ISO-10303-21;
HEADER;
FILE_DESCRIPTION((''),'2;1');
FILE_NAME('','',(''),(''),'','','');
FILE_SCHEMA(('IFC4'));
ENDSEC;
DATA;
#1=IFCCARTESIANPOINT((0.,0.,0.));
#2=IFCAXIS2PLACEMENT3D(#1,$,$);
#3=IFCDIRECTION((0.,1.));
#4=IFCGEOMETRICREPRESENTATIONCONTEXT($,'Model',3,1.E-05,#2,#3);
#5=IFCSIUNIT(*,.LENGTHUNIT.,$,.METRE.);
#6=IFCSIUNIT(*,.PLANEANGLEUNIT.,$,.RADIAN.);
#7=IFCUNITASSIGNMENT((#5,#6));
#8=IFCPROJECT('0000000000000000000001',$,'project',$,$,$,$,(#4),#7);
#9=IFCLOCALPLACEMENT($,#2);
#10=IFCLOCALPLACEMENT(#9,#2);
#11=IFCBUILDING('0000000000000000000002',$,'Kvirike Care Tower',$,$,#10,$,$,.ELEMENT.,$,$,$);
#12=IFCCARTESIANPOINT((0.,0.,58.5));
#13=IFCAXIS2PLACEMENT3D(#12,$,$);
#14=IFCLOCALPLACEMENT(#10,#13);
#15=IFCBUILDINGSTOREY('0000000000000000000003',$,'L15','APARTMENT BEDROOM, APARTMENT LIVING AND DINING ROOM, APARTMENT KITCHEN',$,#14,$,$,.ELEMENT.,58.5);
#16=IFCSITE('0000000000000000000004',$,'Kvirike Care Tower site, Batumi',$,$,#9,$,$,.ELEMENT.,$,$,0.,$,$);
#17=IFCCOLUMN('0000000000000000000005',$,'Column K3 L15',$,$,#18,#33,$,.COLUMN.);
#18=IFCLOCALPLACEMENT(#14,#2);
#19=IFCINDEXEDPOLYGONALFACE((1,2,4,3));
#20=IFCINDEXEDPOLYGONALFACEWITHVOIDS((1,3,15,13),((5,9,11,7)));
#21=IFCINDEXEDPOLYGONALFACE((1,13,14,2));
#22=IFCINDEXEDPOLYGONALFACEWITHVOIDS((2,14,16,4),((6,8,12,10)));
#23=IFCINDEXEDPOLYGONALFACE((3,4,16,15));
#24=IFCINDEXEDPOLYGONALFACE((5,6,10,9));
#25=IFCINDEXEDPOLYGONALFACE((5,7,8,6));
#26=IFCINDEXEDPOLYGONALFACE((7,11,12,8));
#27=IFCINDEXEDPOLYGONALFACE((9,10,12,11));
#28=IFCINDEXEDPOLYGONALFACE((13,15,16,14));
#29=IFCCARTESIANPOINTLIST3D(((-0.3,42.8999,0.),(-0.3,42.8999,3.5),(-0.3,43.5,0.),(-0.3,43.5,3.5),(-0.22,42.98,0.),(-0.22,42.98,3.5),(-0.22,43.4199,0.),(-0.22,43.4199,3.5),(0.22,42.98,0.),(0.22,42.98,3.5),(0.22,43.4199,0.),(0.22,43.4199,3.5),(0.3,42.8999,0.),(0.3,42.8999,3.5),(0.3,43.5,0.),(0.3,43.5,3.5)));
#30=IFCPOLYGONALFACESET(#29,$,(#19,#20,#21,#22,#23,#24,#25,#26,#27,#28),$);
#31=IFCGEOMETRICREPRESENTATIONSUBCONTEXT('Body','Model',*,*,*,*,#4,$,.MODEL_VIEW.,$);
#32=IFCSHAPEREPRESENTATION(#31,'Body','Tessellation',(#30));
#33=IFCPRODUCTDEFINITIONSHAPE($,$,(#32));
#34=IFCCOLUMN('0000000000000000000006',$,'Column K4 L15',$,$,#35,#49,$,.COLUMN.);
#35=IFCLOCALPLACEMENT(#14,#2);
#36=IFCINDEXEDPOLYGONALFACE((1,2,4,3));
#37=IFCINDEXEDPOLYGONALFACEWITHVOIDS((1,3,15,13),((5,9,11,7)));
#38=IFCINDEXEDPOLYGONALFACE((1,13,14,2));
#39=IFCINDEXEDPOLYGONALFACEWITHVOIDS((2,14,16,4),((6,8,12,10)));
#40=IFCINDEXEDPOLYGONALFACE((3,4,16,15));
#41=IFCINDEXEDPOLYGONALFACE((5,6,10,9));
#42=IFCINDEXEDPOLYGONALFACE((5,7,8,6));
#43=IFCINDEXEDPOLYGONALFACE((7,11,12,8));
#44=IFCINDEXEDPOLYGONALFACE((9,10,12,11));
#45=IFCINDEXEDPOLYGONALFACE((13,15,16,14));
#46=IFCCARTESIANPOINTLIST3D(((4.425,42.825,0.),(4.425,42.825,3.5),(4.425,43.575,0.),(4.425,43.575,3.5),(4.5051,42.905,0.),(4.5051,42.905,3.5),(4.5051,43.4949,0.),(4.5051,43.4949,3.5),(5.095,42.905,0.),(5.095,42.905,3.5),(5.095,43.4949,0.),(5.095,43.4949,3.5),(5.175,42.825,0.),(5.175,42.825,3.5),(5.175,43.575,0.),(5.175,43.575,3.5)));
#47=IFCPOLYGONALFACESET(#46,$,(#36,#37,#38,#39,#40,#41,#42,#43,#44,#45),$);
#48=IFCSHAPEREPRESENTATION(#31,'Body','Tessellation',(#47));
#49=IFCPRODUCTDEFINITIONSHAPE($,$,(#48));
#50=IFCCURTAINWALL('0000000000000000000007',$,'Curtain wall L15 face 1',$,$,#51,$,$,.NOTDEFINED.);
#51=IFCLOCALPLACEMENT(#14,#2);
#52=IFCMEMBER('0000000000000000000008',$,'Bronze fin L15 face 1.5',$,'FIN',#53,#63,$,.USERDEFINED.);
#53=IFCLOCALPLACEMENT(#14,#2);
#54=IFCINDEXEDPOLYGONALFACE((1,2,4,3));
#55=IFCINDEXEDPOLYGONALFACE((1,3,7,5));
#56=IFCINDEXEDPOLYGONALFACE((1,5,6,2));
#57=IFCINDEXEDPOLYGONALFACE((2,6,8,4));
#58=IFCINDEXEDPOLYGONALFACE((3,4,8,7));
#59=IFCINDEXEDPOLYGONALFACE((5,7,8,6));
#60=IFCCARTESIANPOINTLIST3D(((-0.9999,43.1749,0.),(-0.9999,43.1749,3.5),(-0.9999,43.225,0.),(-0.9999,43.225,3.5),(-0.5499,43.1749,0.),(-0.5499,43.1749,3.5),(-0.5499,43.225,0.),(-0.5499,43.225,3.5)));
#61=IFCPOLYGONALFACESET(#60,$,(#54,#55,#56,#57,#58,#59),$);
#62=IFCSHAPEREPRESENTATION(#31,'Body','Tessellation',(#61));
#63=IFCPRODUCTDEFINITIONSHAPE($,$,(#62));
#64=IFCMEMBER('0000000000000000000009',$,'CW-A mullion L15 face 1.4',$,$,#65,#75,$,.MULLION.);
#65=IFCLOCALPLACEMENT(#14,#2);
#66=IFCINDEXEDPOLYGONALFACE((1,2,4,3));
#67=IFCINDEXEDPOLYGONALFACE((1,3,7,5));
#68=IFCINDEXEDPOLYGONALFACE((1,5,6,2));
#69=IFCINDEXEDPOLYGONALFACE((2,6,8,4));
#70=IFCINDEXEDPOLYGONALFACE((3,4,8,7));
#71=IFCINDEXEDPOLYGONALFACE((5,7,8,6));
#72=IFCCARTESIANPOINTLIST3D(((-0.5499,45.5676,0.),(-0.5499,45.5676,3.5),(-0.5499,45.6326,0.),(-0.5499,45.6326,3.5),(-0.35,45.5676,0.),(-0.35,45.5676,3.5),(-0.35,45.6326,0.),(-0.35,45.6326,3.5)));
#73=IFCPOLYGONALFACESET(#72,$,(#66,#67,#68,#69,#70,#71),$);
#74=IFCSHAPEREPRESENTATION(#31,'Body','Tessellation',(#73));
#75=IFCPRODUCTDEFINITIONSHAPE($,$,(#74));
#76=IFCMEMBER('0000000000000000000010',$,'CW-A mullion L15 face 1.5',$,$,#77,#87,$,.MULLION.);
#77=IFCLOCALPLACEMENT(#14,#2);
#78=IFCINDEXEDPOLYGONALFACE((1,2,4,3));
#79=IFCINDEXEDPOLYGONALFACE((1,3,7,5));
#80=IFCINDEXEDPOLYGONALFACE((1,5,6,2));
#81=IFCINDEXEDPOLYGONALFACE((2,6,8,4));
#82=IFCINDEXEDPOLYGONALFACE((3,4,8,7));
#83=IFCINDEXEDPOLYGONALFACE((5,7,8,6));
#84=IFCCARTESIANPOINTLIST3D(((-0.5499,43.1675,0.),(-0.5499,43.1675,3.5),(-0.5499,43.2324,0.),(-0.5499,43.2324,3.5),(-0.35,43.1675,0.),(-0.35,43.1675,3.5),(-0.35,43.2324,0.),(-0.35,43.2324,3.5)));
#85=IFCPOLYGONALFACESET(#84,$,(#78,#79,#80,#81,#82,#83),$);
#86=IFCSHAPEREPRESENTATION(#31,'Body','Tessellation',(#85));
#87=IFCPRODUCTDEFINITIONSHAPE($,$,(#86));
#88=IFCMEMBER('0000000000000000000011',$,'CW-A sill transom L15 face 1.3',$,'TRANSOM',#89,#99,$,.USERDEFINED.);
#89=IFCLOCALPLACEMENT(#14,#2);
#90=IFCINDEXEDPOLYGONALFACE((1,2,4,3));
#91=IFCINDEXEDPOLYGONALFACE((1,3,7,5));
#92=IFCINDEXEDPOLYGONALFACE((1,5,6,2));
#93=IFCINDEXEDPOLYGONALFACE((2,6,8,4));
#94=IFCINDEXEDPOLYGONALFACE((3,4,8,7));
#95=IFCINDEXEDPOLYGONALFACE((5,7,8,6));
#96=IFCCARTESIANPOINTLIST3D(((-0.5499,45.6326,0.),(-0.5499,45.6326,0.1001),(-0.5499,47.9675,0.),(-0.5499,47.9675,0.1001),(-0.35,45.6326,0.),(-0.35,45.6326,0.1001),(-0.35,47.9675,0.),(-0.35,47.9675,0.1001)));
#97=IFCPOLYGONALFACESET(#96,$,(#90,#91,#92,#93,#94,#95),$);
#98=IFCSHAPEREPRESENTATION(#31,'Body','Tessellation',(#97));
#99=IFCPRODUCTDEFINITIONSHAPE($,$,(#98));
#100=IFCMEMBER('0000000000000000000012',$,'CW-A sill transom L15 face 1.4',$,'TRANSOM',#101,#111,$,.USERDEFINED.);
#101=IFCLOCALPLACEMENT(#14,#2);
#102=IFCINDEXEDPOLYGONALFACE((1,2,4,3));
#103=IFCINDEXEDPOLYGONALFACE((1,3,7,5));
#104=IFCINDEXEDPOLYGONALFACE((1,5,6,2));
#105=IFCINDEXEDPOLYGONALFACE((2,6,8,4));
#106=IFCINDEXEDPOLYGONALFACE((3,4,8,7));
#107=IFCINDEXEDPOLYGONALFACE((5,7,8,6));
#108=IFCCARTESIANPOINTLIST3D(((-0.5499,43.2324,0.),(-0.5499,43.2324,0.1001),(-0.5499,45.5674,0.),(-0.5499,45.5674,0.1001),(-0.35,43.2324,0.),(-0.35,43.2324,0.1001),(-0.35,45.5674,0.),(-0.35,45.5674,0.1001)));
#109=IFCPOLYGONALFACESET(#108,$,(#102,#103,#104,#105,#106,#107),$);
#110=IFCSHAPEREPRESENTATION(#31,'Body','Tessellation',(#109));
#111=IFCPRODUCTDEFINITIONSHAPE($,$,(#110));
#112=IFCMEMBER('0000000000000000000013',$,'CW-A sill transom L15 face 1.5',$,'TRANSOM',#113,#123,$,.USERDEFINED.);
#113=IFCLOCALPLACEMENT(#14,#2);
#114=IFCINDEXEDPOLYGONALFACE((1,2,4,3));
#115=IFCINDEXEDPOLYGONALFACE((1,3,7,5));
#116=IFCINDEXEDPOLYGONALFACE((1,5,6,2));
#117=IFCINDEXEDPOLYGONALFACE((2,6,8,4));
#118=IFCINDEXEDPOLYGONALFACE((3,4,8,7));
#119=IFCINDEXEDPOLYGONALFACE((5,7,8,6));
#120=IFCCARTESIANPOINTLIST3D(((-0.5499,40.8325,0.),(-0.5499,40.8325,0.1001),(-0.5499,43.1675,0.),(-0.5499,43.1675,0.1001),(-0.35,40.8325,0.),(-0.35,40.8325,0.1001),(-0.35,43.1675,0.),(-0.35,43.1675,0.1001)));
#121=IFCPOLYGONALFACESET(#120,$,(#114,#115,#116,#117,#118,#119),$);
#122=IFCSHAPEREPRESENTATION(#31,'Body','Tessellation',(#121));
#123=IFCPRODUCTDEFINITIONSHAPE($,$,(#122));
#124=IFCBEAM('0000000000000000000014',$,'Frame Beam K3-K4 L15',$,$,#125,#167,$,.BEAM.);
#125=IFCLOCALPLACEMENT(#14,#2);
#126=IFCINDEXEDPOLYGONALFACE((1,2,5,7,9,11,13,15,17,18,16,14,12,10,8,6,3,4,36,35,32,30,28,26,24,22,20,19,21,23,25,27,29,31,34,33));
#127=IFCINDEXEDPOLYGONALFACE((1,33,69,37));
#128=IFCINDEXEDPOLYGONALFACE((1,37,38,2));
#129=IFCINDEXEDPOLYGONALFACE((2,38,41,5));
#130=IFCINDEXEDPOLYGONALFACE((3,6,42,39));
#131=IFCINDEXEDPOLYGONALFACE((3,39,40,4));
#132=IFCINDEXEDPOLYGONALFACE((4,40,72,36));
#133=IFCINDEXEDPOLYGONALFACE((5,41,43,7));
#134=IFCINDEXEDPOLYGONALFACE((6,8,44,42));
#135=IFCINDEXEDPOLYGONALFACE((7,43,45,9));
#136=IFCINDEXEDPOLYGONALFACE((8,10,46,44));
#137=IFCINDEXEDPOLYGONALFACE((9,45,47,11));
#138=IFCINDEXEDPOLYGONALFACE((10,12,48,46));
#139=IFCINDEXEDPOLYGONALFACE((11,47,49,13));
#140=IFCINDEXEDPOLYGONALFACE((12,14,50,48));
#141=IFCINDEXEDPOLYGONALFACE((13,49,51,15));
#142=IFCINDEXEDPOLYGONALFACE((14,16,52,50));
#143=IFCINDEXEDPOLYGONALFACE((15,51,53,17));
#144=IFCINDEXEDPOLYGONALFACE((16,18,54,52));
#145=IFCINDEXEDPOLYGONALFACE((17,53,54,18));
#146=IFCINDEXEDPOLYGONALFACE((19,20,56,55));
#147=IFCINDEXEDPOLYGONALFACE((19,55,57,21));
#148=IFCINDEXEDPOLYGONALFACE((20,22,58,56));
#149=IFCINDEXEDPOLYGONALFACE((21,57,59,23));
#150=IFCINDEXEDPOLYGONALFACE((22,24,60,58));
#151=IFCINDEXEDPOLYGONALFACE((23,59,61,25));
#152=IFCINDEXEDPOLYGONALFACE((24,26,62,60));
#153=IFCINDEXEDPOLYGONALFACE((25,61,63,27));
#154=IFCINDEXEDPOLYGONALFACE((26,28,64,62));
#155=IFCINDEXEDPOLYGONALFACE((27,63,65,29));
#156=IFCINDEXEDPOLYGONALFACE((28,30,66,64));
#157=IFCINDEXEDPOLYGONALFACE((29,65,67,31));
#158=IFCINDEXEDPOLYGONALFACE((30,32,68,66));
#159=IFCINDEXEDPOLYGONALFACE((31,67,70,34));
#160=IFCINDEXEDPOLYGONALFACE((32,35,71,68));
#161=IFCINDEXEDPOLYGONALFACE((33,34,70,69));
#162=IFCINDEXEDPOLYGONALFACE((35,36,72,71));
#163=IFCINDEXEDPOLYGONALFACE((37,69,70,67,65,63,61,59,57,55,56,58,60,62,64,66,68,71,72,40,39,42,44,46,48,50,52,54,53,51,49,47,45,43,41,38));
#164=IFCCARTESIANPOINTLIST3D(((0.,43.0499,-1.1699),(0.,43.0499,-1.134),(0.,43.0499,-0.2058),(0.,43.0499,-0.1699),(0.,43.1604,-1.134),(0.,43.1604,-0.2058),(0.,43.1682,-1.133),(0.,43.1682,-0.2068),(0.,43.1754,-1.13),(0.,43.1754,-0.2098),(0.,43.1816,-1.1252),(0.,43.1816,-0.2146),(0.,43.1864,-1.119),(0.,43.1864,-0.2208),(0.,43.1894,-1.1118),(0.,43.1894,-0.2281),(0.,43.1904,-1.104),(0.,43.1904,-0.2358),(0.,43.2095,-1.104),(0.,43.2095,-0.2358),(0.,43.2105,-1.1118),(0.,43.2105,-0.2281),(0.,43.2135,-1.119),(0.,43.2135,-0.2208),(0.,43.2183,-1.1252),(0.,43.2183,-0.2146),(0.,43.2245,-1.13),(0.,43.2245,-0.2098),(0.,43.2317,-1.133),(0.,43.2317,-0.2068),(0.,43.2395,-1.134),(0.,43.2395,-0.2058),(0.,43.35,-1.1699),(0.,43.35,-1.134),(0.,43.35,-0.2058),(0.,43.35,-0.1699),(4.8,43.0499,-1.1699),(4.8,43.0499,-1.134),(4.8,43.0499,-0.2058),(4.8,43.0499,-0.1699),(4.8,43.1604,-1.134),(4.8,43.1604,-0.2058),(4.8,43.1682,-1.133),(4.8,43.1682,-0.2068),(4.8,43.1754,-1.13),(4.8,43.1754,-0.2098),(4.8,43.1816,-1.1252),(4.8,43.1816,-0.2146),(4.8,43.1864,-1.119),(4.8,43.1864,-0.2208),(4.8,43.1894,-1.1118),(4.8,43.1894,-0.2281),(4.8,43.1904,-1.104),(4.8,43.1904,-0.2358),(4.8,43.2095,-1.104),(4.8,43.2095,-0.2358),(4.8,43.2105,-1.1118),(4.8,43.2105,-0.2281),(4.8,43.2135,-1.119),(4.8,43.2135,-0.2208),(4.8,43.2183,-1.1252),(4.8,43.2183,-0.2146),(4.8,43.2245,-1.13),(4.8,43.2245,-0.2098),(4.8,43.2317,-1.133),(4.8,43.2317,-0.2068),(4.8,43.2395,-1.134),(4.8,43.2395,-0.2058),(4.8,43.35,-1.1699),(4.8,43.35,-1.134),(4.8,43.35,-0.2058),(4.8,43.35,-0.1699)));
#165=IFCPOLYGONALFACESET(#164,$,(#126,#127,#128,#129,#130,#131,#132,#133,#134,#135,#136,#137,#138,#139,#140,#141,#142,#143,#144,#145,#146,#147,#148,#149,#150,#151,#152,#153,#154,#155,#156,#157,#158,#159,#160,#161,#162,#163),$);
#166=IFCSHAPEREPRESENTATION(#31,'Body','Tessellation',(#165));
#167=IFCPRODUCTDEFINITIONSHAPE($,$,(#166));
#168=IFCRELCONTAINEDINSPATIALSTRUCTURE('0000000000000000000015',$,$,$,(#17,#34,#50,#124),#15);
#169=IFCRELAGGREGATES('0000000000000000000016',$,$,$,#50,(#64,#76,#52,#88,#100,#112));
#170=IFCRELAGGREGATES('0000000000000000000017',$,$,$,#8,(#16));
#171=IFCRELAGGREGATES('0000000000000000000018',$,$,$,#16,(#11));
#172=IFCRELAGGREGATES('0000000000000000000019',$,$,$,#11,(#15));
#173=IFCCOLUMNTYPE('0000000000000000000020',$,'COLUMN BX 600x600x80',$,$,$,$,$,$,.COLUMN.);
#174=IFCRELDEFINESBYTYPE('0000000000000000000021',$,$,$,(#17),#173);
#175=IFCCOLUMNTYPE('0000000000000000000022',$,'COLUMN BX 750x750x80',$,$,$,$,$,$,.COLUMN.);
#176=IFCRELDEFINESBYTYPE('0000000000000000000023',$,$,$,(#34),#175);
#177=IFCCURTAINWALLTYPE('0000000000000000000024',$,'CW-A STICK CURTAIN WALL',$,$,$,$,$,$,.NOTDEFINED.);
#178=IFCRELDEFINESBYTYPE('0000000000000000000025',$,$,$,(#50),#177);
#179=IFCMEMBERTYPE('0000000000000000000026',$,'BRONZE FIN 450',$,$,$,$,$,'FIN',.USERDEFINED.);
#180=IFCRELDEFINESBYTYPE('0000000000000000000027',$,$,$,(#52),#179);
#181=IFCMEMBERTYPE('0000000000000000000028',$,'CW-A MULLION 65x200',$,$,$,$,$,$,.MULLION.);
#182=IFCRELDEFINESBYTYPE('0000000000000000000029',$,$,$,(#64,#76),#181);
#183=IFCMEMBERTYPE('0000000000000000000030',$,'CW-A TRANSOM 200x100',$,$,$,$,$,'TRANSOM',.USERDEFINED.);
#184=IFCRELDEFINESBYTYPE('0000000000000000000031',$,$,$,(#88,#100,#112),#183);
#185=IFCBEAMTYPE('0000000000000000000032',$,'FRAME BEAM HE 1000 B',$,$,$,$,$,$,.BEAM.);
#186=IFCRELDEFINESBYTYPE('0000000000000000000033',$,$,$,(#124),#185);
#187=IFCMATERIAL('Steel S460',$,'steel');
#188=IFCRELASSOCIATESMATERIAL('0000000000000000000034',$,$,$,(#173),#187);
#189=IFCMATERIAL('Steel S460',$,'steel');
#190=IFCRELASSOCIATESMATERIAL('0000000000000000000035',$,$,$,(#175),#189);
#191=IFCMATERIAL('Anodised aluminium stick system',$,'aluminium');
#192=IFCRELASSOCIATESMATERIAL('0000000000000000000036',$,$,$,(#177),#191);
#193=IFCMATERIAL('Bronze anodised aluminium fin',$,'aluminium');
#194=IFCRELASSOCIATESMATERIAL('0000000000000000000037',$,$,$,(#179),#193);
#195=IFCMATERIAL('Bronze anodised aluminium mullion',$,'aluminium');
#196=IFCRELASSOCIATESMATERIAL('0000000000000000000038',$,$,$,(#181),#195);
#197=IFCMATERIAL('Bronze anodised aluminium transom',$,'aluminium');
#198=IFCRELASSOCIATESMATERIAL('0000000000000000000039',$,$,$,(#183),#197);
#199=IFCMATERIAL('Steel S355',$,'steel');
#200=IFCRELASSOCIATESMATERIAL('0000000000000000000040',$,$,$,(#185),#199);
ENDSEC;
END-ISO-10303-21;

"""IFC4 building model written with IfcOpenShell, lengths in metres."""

from ifc_helpers import new_model, si_unit, direction, frame, origin, origin_2d, place, context, subcontext, project, spatial, rectangle, hollow_rectangle, i_section, extrude, material, material_profile, profile_set, type_object, element, aggregate, save


model = new_model("IFC4")

# Units and contexts
model_context = context("Model", 3, precision=1e-05, world=origin(), true_north=direction((0.0, 1.0)))
body_context = subcontext(model_context, "Body", "Model", "MODEL_VIEW")
ifc_project = project(units=[si_unit("LENGTHUNIT", "METRE"), si_unit("PLANEANGLEUNIT", "RADIAN")], contexts=[model_context])

# Site, building, storey
site_placement = place(None, origin())
site = spatial("IfcSite", under=ifc_project, at=site_placement, Name="Kvirike Care Tower site, Batumi", CompositionType="ELEMENT", RefElevation=0.0)
building_placement = place(site_placement, origin())
building = spatial("IfcBuilding", under=site, at=building_placement, Name="Kvirike Care Tower", CompositionType="ELEMENT")
storey_placement = place(building_placement, frame((0.0, 0.0, 58.5)))
storey = spatial("IfcBuildingStorey", under=building, at=storey_placement, Name="L15", Description="APARTMENT BEDROOM, APARTMENT LIVING AND DINING ROOM, APARTMENT KITCHEN", CompositionType="ELEMENT", Elevation=58.5)

# Columns
ifc_material_1 = material(Name="Steel S460", Category="steel")
ifc_material_profile_1 = material_profile(ifc_material_1, hollow_rectangle(XDim=0.6001, YDim=0.6001, WallThickness=0.0801, at=origin_2d()), Name="BX 600x600x80")
ifc_profile_set_1 = profile_set([ifc_material_profile_1], Name="Steel S460")
column_type_1 = type_object("IfcColumnType", Name="COLUMN BX 600x600x80", PredefinedType="COLUMN", material=ifc_profile_set_1)
column_1_placement = place(storey_placement, frame((0.0, 43.2, 0.0), z_axis=(0.0, 0.0, 1.0), x_axis=(0.0, 1.0, 0.0)))
element("IfcColumn", 1, at=column_1_placement, inside=storey, type_object=column_type_1, Name="Column K3 L15", PredefinedType="COLUMN", context=body_context, shape_type="SweptSolid", body=[
    extrude(hollow_rectangle(XDim=0.6001, YDim=0.6001, WallThickness=0.0801, at=origin_2d()), origin(), (0.0, 0.0, 1.0), 3.5),
])
ifc_material_2 = material(Name="Steel S460", Category="steel")
ifc_material_profile_2 = material_profile(ifc_material_2, hollow_rectangle(XDim=0.75, YDim=0.75, WallThickness=0.0801, at=origin_2d()), Name="BX 750x750x80")
ifc_profile_set_2 = profile_set([ifc_material_profile_2], Name="Steel S460")
column_type_2 = type_object("IfcColumnType", Name="COLUMN BX 750x750x80", PredefinedType="COLUMN", material=ifc_profile_set_2)
column_2_placement = place(storey_placement, frame((4.8, 43.2, 0.0), z_axis=(0.0, 0.0, 1.0), x_axis=(0.0, 1.0, 0.0)))
element("IfcColumn", 2, at=column_2_placement, inside=storey, type_object=column_type_2, Name="Column K4 L15", PredefinedType="COLUMN", context=body_context, shape_type="SweptSolid", body=[
    extrude(hollow_rectangle(XDim=0.75, YDim=0.75, WallThickness=0.0801, at=origin_2d()), origin(), (0.0, 0.0, 1.0), 3.5),
])

# Curtain wall, members
ifc_material_3 = material(Name="Anodised aluminium stick system", Category="aluminium")
curtain_wall_type = type_object("IfcCurtainWallType", Name="CW-A STICK CURTAIN WALL", PredefinedType="NOTDEFINED", material=ifc_material_3)
curtain_wall_placement = place(storey_placement, origin())
curtain_wall = element("IfcCurtainWall", 3, at=curtain_wall_placement, inside=storey, type_object=curtain_wall_type, Name="Curtain wall L15 face 1", PredefinedType="NOTDEFINED")
ifc_material_4 = material(Name="Bronze anodised aluminium fin", Category="aluminium")
ifc_material_profile_3 = material_profile(ifc_material_4, rectangle(XDim=0.05, YDim=0.45, at=origin_2d()), Name="BRONZE FIN 450")
ifc_profile_set_3 = profile_set([ifc_material_profile_3], Name="Bronze anodised aluminium fin")
member_type_1 = type_object("IfcMemberType", Name="BRONZE FIN 450", ElementType="FIN", PredefinedType="USERDEFINED", material=ifc_profile_set_3)
member_1_placement = place(storey_placement, frame((-0.7749, 43.2, 0.0), z_axis=(0.0, 0.0, 1.0), x_axis=(0.0, -1.0, 0.0)))
member_1 = element("IfcMember", 4, at=member_1_placement, type_object=member_type_1, Name="Bronze fin L15 face 1.5", ObjectType="FIN", PredefinedType="USERDEFINED", context=body_context, shape_type="SweptSolid", body=[
    extrude(rectangle(XDim=0.05, YDim=0.45, at=origin_2d()), origin(), (0.0, 0.0, 1.0), 3.5),
])
ifc_material_5 = material(Name="Bronze anodised aluminium mullion", Category="aluminium")
ifc_material_profile_4 = material_profile(ifc_material_5, rectangle(XDim=0.0649, YDim=0.2, at=origin_2d()), Name="CW-A MULLION 65x200")
ifc_profile_set_4 = profile_set([ifc_material_profile_4], Name="Bronze anodised aluminium mullion")
member_type_2 = type_object("IfcMemberType", Name="CW-A MULLION 65x200", PredefinedType="MULLION", material=ifc_profile_set_4)
member_2_placement = place(storey_placement, frame((-0.45, 45.6001, 0.0), z_axis=(0.0, 0.0, 1.0), x_axis=(0.0, -1.0, 0.0)))
member_2 = element("IfcMember", 5, at=member_2_placement, type_object=member_type_2, Name="CW-A mullion L15 face 1.4", PredefinedType="MULLION", context=body_context, shape_type="SweptSolid", body=[
    extrude(rectangle(XDim=0.0649, YDim=0.2, at=origin_2d()), origin(), (0.0, 0.0, 1.0), 3.5),
])
member_3_placement = place(storey_placement, frame((-0.45, 43.2, 0.0), z_axis=(0.0, 0.0, 1.0), x_axis=(0.0, -1.0, 0.0)))
member_3 = element("IfcMember", 6, at=member_3_placement, type_object=member_type_2, Name="CW-A mullion L15 face 1.5", PredefinedType="MULLION", context=body_context, shape_type="SweptSolid", body=[
    extrude(rectangle(XDim=0.0649, YDim=0.2, at=origin_2d()), origin(), (0.0, 0.0, 1.0), 3.5),
])
ifc_material_6 = material(Name="Bronze anodised aluminium transom", Category="aluminium")
ifc_material_profile_5 = material_profile(ifc_material_6, rectangle(XDim=0.2, YDim=0.1001, at=origin_2d()), Name="CW-A TRANSOM 200x100")
ifc_profile_set_5 = profile_set([ifc_material_profile_5], Name="Bronze anodised aluminium transom")
member_type_3 = type_object("IfcMemberType", Name="CW-A TRANSOM 200x100", ElementType="TRANSOM", PredefinedType="USERDEFINED", material=ifc_profile_set_5)
member_4_placement = place(storey_placement, frame((-0.45, 47.9675, 0.05), z_axis=(0.0, -1.0, 0.0), x_axis=(1.0, 0.0, 0.0)))
member_4 = element("IfcMember", 7, at=member_4_placement, type_object=member_type_3, Name="CW-A sill transom L15 face 1.3", ObjectType="TRANSOM", PredefinedType="USERDEFINED", context=body_context, shape_type="SweptSolid", body=[
    extrude(rectangle(XDim=0.2, YDim=0.1001, at=origin_2d()), origin(), (0.0, 0.0, 1.0), 2.335),
])
member_5_placement = place(storey_placement, frame((-0.45, 45.5674, 0.05), z_axis=(0.0, -1.0, 0.0), x_axis=(1.0, 0.0, 0.0)))
member_5 = element("IfcMember", 8, at=member_5_placement, type_object=member_type_3, Name="CW-A sill transom L15 face 1.4", ObjectType="TRANSOM", PredefinedType="USERDEFINED", context=body_context, shape_type="SweptSolid", body=[
    extrude(rectangle(XDim=0.2, YDim=0.1001, at=origin_2d()), origin(), (0.0, 0.0, 1.0), 2.335),
])
member_6_placement = place(storey_placement, frame((-0.45, 43.1675, 0.05), z_axis=(0.0, -1.0, 0.0), x_axis=(1.0, 0.0, 0.0)))
member_6 = element("IfcMember", 9, at=member_6_placement, type_object=member_type_3, Name="CW-A sill transom L15 face 1.5", ObjectType="TRANSOM", PredefinedType="USERDEFINED", context=body_context, shape_type="SweptSolid", body=[
    extrude(rectangle(XDim=0.2, YDim=0.1001, at=origin_2d()), origin(), (0.0, 0.0, 1.0), 2.335),
])

# Beam
ifc_material_7 = material(Name="Steel S355", Category="steel")
ifc_material_profile_6 = material_profile(ifc_material_7, i_section(OverallWidth=0.3, OverallDepth=1.0, WebThickness=0.019, FlangeThickness=0.0359, FilletRadius=0.03, at=origin_2d()), Name="HE 1000 B")
ifc_profile_set_6 = profile_set([ifc_material_profile_6], Name="Steel S355")
beam_type_1 = type_object("IfcBeamType", Name="FRAME BEAM HE 1000 B", PredefinedType="BEAM", material=ifc_profile_set_6)
for number, where, z_axis, x_axis, name in (
    (10, (0.0, 43.2, -0.6699), (1.0, 0.0, 0.0), (0.0, 1.0, 0.0), "Frame Beam K3-K4 L15"),
):
    element("IfcBeam", number, at=place(storey_placement, frame(where, z_axis=z_axis, x_axis=x_axis)), inside=storey, type_object=beam_type_1, Name=name, PredefinedType="BEAM", context=body_context, shape_type="SweptSolid", body=[
        extrude(i_section(OverallWidth=0.3, OverallDepth=1.0, WebThickness=0.019, FlangeThickness=0.0359, FilletRadius=0.03, at=origin_2d()), origin(), (0.0, 0.0, 1.0), 4.8),
    ])

aggregate(curtain_wall, [member_2, member_3, member_1, member_4, member_5, member_6])

save(model, "model.ifc")
